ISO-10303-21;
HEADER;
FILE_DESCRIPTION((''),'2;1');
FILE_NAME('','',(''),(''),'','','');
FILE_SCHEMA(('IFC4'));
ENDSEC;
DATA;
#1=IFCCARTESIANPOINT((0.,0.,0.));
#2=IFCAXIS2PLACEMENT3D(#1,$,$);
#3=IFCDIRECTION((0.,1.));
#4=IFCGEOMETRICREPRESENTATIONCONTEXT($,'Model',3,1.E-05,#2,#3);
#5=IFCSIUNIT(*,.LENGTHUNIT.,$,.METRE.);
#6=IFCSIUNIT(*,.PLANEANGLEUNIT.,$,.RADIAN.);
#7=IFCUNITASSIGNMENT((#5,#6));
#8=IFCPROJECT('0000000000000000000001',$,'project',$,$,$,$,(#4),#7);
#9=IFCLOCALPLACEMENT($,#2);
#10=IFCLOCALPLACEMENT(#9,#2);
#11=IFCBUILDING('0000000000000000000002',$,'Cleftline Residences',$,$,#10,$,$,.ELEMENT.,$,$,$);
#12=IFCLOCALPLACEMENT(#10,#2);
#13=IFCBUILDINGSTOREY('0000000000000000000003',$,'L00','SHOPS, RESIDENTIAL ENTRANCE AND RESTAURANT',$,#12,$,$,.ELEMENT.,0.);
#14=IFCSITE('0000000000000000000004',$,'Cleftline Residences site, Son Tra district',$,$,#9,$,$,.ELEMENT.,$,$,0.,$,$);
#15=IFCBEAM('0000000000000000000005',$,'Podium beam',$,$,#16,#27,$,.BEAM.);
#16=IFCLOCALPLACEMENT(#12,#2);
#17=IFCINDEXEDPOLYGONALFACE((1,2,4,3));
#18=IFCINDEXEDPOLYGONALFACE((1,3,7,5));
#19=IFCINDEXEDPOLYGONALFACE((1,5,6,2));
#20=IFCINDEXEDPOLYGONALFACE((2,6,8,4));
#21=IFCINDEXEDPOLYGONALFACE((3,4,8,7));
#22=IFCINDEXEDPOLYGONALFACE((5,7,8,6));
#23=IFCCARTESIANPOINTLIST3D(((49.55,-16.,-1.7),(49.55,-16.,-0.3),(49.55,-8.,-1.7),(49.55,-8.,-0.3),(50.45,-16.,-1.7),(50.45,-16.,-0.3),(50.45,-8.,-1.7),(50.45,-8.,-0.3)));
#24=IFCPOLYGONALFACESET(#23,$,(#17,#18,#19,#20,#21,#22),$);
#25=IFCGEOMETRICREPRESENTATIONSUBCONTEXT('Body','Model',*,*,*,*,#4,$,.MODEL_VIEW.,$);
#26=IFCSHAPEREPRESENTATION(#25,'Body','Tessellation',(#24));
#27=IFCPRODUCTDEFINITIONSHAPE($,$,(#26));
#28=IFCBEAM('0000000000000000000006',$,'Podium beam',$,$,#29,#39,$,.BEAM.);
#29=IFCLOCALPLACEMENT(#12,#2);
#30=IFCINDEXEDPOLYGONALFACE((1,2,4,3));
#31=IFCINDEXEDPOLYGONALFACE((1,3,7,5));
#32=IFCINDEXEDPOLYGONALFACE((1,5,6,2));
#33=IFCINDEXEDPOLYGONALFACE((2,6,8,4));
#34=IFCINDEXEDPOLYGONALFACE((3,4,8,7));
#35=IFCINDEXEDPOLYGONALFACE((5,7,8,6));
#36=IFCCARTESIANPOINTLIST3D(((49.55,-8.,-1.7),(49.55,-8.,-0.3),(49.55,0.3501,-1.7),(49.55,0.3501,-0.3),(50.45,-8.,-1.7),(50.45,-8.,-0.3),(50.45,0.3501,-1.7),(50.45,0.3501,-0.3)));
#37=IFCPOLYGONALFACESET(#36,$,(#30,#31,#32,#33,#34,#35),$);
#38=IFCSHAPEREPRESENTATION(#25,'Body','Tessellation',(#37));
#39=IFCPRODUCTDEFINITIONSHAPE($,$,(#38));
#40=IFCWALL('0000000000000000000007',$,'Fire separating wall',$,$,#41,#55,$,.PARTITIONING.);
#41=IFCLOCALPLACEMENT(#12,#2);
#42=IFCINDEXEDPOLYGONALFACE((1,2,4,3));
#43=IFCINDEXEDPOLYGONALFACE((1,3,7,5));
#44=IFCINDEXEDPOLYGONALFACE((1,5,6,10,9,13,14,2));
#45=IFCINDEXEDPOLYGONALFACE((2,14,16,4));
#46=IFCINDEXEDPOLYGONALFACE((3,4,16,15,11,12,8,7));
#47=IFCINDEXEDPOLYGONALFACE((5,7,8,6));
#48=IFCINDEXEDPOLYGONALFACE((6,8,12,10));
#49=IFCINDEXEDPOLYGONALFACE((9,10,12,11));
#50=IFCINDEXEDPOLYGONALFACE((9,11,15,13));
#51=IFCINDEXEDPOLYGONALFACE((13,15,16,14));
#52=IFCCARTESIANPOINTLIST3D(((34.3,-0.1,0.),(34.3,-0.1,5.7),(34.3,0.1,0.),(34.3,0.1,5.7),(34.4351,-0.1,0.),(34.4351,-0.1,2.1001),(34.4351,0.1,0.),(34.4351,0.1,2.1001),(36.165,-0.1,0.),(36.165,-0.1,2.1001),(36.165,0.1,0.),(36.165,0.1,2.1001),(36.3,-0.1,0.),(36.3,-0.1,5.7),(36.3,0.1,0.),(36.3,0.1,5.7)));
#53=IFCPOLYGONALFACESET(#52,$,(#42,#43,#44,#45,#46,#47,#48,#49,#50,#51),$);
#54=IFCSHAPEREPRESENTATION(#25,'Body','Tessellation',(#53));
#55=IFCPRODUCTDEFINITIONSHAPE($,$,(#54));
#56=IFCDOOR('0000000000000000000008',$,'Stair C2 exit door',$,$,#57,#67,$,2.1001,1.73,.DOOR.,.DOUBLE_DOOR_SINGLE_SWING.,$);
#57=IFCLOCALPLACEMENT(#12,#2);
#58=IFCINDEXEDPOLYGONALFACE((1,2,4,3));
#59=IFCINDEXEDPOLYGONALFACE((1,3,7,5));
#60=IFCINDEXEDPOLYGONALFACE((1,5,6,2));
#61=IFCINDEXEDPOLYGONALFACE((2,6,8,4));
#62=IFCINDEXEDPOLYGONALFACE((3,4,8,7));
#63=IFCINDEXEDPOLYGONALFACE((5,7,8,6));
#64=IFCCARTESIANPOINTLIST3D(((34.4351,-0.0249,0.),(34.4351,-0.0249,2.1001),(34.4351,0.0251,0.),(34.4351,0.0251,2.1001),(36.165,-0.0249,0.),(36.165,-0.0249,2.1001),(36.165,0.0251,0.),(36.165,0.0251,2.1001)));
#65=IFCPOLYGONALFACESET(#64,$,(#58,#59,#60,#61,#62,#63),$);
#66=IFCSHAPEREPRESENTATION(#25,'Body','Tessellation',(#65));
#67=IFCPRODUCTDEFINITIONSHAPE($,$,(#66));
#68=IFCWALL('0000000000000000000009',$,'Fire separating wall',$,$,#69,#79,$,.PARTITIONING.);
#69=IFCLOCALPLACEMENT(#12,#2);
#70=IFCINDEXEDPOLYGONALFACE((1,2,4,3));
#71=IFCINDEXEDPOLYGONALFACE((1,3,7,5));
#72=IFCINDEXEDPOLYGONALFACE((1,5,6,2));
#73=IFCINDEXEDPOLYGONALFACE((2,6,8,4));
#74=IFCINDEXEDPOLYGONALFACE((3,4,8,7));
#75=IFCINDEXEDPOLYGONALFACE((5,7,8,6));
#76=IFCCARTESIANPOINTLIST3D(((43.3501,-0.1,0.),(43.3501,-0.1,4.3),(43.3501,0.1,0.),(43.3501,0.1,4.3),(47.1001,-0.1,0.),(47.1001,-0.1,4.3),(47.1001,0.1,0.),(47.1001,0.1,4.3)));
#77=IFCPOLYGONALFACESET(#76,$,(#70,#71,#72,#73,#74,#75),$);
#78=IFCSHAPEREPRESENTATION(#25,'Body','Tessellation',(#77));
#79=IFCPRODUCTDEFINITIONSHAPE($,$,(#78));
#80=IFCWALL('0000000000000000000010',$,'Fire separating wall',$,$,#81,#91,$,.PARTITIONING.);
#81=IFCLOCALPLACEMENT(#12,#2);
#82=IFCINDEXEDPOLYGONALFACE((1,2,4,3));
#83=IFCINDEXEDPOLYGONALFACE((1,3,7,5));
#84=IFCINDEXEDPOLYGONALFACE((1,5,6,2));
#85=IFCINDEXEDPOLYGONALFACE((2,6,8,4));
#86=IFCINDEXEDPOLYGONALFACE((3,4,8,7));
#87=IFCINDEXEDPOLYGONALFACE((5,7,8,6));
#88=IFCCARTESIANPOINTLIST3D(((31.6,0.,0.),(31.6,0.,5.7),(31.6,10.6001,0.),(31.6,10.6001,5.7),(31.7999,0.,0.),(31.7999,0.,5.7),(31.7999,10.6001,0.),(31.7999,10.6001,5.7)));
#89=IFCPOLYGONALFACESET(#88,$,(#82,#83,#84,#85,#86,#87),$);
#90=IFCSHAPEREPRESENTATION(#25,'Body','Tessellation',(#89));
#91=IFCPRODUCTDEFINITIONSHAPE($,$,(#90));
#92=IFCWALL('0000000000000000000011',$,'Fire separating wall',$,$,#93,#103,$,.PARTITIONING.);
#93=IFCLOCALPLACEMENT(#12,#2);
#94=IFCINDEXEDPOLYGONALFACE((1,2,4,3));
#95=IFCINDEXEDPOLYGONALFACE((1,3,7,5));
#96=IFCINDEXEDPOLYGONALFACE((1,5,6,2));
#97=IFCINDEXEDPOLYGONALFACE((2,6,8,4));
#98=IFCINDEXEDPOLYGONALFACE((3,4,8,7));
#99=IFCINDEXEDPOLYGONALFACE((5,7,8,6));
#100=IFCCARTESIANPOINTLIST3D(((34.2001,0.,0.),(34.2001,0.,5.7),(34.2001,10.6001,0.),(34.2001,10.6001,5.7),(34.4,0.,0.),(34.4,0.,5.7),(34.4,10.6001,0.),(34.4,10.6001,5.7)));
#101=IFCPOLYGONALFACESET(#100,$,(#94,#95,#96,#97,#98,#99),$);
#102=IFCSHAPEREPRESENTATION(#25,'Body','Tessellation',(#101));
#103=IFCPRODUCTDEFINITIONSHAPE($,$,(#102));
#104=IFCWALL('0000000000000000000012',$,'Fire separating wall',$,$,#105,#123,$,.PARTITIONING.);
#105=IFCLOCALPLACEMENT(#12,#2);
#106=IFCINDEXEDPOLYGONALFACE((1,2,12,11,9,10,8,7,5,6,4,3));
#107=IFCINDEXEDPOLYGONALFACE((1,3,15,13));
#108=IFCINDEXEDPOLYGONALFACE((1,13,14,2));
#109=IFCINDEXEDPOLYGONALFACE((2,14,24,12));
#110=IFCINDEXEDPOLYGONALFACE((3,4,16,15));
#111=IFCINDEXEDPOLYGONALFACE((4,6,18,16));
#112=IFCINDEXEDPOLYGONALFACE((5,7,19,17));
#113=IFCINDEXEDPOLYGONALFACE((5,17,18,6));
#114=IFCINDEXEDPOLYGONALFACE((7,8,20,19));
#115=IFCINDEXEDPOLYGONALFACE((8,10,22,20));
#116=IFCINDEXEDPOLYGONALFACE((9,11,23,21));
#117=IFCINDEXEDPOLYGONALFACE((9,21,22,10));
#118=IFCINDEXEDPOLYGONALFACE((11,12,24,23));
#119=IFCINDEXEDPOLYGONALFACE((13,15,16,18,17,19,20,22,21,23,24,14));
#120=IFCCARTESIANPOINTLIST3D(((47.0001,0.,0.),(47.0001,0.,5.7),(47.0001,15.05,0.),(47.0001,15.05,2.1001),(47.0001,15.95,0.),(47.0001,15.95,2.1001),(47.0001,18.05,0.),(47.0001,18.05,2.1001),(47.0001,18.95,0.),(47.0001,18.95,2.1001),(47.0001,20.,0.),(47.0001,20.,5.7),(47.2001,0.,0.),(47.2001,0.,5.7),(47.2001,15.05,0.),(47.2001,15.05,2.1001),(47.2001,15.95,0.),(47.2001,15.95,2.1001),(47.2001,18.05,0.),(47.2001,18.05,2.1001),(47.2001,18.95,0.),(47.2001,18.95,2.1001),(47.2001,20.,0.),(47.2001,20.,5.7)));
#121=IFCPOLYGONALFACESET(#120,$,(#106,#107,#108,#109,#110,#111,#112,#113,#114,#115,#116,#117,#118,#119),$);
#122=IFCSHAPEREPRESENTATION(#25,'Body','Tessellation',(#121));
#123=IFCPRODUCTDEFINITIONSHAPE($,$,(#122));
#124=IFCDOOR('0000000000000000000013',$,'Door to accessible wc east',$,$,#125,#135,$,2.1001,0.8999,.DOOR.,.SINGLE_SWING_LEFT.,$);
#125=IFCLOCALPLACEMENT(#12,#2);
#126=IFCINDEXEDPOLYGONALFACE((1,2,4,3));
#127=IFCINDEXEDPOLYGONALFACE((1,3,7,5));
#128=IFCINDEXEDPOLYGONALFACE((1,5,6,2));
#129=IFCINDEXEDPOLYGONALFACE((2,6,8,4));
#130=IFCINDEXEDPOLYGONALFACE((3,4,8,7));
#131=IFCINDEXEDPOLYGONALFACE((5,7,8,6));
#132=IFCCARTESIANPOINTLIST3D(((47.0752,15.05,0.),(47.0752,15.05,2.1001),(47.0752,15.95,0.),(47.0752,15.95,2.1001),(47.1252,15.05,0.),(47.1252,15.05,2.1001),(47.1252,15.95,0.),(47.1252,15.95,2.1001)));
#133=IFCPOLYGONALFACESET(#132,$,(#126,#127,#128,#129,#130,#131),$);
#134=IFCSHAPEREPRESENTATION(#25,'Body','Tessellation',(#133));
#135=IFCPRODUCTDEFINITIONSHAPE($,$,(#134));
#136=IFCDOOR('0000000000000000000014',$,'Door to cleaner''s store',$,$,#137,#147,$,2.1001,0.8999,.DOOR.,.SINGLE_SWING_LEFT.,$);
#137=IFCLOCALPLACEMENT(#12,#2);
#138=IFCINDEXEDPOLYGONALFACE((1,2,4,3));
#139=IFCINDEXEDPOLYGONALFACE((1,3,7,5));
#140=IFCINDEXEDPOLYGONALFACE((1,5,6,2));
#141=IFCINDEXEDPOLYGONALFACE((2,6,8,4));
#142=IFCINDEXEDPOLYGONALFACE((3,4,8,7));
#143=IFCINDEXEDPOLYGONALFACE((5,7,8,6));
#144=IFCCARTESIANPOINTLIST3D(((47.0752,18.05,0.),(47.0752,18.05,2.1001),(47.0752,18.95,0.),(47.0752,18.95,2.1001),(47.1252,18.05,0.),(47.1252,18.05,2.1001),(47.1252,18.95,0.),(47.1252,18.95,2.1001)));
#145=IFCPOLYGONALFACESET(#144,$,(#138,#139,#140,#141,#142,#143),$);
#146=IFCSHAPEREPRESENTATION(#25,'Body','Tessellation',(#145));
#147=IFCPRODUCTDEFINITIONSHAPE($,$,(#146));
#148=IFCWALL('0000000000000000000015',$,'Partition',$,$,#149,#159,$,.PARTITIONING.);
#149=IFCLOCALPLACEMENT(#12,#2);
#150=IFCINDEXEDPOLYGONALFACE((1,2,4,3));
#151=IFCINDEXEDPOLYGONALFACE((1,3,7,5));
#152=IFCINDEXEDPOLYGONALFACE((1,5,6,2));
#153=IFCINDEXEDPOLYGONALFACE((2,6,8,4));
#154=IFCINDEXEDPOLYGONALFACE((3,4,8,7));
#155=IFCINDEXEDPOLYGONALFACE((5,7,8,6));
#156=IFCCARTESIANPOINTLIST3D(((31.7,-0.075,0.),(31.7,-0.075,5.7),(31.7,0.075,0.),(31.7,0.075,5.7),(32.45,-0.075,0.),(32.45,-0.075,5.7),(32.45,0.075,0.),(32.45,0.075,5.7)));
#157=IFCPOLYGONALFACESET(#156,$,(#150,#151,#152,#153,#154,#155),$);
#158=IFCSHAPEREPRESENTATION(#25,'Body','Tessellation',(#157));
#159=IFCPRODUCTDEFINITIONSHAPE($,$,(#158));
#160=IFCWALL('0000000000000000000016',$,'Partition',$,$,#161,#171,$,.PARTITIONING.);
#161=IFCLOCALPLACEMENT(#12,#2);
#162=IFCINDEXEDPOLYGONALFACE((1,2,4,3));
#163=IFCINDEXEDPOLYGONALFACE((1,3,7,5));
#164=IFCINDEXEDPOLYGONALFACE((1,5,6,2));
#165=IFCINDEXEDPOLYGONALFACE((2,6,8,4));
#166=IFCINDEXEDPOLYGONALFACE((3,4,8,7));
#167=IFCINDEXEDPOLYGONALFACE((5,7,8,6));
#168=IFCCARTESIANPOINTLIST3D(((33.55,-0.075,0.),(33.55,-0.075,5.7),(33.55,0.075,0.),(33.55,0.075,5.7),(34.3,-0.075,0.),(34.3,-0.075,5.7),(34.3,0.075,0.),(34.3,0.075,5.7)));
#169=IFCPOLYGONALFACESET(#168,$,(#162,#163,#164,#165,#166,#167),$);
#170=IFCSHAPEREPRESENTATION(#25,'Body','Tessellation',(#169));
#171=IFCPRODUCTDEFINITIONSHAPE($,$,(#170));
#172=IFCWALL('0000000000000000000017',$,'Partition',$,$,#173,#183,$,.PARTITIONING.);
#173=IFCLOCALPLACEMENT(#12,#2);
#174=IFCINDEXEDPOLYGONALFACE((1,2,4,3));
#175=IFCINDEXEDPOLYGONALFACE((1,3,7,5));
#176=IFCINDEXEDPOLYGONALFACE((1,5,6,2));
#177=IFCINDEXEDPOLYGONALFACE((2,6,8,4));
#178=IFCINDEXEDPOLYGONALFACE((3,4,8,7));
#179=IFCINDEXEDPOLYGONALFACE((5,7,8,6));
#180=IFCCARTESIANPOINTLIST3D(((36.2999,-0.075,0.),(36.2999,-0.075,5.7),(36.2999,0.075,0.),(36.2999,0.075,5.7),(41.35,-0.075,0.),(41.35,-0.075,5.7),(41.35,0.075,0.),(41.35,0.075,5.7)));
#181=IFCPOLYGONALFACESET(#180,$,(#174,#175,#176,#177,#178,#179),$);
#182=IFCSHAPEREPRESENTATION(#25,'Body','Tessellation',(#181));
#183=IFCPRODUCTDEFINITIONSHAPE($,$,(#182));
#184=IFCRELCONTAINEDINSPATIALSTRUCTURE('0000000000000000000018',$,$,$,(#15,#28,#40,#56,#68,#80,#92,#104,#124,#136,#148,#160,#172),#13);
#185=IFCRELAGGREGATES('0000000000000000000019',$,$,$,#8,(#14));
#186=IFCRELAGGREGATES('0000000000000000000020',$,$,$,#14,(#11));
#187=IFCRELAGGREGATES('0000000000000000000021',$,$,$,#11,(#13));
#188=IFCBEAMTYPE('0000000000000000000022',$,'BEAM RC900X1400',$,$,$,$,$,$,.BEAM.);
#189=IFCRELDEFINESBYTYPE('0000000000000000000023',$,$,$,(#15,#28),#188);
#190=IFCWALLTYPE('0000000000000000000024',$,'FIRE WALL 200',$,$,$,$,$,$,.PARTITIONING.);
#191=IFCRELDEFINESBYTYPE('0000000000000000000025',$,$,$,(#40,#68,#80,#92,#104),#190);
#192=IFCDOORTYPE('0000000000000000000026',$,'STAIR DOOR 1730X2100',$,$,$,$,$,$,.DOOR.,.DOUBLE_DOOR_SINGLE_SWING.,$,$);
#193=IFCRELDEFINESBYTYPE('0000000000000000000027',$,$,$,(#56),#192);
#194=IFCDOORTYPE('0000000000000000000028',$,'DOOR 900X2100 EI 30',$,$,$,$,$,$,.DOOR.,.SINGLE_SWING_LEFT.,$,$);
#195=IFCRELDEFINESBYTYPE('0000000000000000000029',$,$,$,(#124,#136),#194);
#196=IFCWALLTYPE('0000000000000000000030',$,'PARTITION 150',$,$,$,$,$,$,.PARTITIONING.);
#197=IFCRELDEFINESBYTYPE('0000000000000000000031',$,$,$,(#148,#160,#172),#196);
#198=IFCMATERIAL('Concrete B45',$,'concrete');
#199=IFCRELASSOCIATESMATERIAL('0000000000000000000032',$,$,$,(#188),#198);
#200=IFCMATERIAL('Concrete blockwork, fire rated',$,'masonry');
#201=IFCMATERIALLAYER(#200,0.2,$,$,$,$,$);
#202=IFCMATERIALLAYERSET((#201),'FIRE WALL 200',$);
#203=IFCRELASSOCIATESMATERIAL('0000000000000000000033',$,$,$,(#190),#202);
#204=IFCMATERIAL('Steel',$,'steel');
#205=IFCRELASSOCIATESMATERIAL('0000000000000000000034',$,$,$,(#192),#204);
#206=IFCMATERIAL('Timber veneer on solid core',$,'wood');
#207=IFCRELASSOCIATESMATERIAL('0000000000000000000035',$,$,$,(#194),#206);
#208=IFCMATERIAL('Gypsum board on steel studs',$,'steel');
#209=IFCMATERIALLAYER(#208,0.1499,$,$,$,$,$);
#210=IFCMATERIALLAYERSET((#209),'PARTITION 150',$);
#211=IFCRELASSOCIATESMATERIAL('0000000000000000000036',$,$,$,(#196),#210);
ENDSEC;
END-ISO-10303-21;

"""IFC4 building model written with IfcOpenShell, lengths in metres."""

from ifc_helpers import new_model, si_unit, direction, frame, frame_2d, origin, origin_2d, place, context, subcontext, project, spatial, rectangle, extrude, material, layer, layer_set, material_profile, profile_set, type_object, element, fill, save


model = new_model("IFC4")

# Units and contexts
model_context = context("Model", 3, precision=1e-05, world=origin(), true_north=direction((0.0, 1.0)))
body_context = subcontext(model_context, "Body", "Model", "MODEL_VIEW")
ifc_project = project(units=[si_unit("LENGTHUNIT", "METRE"), si_unit("PLANEANGLEUNIT", "RADIAN")], contexts=[model_context])

# Site, building, storey
site_placement = place(None, origin())
site = spatial("IfcSite", under=ifc_project, at=site_placement, Name="Cleftline Residences site, Son Tra district", CompositionType="ELEMENT", RefElevation=0.0)
building_placement = place(site_placement, origin())
building = spatial("IfcBuilding", under=site, at=building_placement, Name="Cleftline Residences", CompositionType="ELEMENT")
storey_placement = place(building_placement, origin())
storey = spatial("IfcBuildingStorey", under=building, at=storey_placement, Name="L00", Description="SHOPS, RESIDENTIAL ENTRANCE AND RESTAURANT", CompositionType="ELEMENT", Elevation=0.0)

# Beams
ifc_material_1 = material(Name="Concrete B45", Category="concrete")
ifc_material_profile_1 = material_profile(ifc_material_1, rectangle(XDim=0.8999, YDim=1.3999, at=origin_2d()))
ifc_profile_set_1 = profile_set([ifc_material_profile_1], Name="Concrete B45")
beam_type = type_object("IfcBeamType", Name="BEAM RC900X1400", PredefinedType="BEAM", material=ifc_profile_set_1)
beam_1_placement = place(storey_placement, frame((50.0, -16.0, -1.0), z_axis=(0.0, 1.0, 0.0), x_axis=(-1.0, 0.0, 0.0)))
element("IfcBeam", 1, at=beam_1_placement, inside=storey, type_object=beam_type, Name="Podium beam", PredefinedType="BEAM", context=body_context, shape_type="SweptSolid", body=[
    extrude(rectangle(XDim=0.8999, YDim=1.3999, at=origin_2d()), origin(), (0.0, 0.0, 1.0), 8.0),
])
beam_2_placement = place(storey_placement, frame((50.0, -8.0, -1.0), z_axis=(0.0, 1.0, 0.0), x_axis=(-1.0, 0.0, 0.0)))
element("IfcBeam", 2, at=beam_2_placement, inside=storey, type_object=beam_type, Name="Podium beam", PredefinedType="BEAM", context=body_context, shape_type="SweptSolid", body=[
    extrude(rectangle(XDim=0.8999, YDim=1.3999, at=origin_2d()), origin(), (0.0, 0.0, 1.0), 8.3501),
])

# Wall, opening, door
ifc_material_2 = material(Name="Concrete blockwork, fire rated", Category="masonry")
ifc_layer_1 = layer(ifc_material_2, 0.2)
ifc_layer_set_1 = layer_set([ifc_layer_1], Name="FIRE WALL 200")
wall_type_1 = type_object("IfcWallType", Name="FIRE WALL 200", PredefinedType="PARTITIONING", material=ifc_layer_set_1)
wall_1_placement = place(storey_placement, frame((34.3, 0.0, 0.0), z_axis=(0.0, 0.0, 1.0), x_axis=(1.0, 0.0, 0.0)))
wall_1 = element("IfcWall", 3, at=wall_1_placement, inside=storey, type_object=wall_type_1, Name="Fire separating wall", PredefinedType="PARTITIONING", context=body_context, shape_type="SweptSolid", body=[
    extrude(rectangle(XDim=2.0, YDim=0.2, at=frame_2d((1.0, 0.0))), origin(), (0.0, 0.0, 1.0), 5.7),
])
opening_1_placement = place(wall_1_placement, frame((1.865, 0.0, 0.0), z_axis=(0.0, 0.0, 1.0), x_axis=(-1.0, 0.0, 0.0)))
opening_1 = element("IfcOpeningElement", 4, at=opening_1_placement, cuts=wall_1, PredefinedType="OPENING", context=body_context, shape_type="SweptSolid", body=[
    extrude(rectangle(XDim=1.73, YDim=2.1001, at=frame_2d((0.865, 1.05))), frame((0.0, 0.1099, 0.0), z_axis=(0.0, -1.0, 0.0), x_axis=(1.0, 0.0, 0.0)), (0.0, 0.0, 1.0), 0.22),
])
ifc_material_3 = material(Name="Steel", Category="steel")
door_type_1 = type_object("IfcDoorType", Name="STAIR DOOR 1730X2100", OperationType="DOUBLE_DOOR_SINGLE_SWING", PredefinedType="DOOR", material=ifc_material_3)
door_1_placement = place(opening_1_placement, origin())
door_1 = element("IfcDoor", 5, at=door_1_placement, inside=storey, type_object=door_type_1, Name="Stair C2 exit door", OperationType="DOUBLE_DOOR_SINGLE_SWING", OverallHeight=2.1001, OverallWidth=1.73, PredefinedType="DOOR", context=body_context, shape_type="SweptSolid", body=[
    extrude(rectangle(XDim=1.73, YDim=2.1001, at=frame_2d((0.865, 1.05))), frame((0.0, 0.0249, 0.0), z_axis=(0.0, -1.0, 0.0), x_axis=(1.0, 0.0, 0.0)), (0.0, 0.0, 1.0), 0.05),
])
fill(opening_1, door_1)

# Walls
wall_2_placement = place(storey_placement, frame((43.3501, 0.0, 0.0), z_axis=(0.0, 0.0, 1.0), x_axis=(1.0, 0.0, 0.0)))
element("IfcWall", 6, at=wall_2_placement, inside=storey, type_object=wall_type_1, Name="Fire separating wall", PredefinedType="PARTITIONING", context=body_context, shape_type="SweptSolid", body=[
    extrude(rectangle(XDim=3.75, YDim=0.2, at=frame_2d((1.875, 0.0))), origin(), (0.0, 0.0, 1.0), 4.3),
])
for number, where, z_axis, x_axis, name in (
    (7, (31.7, 0.0, 0.0), (0.0, 0.0, 1.0), (0.0, 1.0, 0.0), "Fire separating wall"),
    (8, (34.3, 0.0, 0.0), (0.0, 0.0, 1.0), (0.0, 1.0, 0.0), "Fire separating wall"),
):
    element("IfcWall", number, at=place(storey_placement, frame(where, z_axis=z_axis, x_axis=x_axis)), inside=storey, type_object=wall_type_1, Name=name, PredefinedType="PARTITIONING", context=body_context, shape_type="SweptSolid", body=[
        extrude(rectangle(XDim=10.6001, YDim=0.2, at=frame_2d((5.3, 0.0))), origin(), (0.0, 0.0, 1.0), 5.7),
    ])

# Wall, openings, doors
wall_3_placement = place(storey_placement, frame((47.1001, 0.0, 0.0), z_axis=(0.0, 0.0, 1.0), x_axis=(0.0, 1.0, 0.0)))
wall_3 = element("IfcWall", 9, at=wall_3_placement, inside=storey, type_object=wall_type_1, Name="Fire separating wall", PredefinedType="PARTITIONING", context=body_context, shape_type="SweptSolid", body=[
    extrude(rectangle(XDim=20.0, YDim=0.2, at=frame_2d((10.0, 0.0))), origin(), (0.0, 0.0, 1.0), 5.7),
])
opening_2_placement = place(wall_3_placement, frame((15.05, 0.0, 0.0)))
opening_2 = element("IfcOpeningElement", 10, at=opening_2_placement, cuts=wall_3, PredefinedType="OPENING", context=body_context, shape_type="SweptSolid", body=[
    extrude(rectangle(XDim=0.8999, YDim=2.1001, at=frame_2d((0.45, 1.05))), frame((0.0, 0.1099, 0.0), z_axis=(0.0, -1.0, 0.0), x_axis=(1.0, 0.0, 0.0)), (0.0, 0.0, 1.0), 0.22),
])
opening_3_placement = place(wall_3_placement, frame((18.05, 0.0, 0.0)))
opening_3 = element("IfcOpeningElement", 11, at=opening_3_placement, cuts=wall_3, PredefinedType="OPENING", context=body_context, shape_type="SweptSolid", body=[
    extrude(rectangle(XDim=0.8999, YDim=2.1001, at=frame_2d((0.45, 1.05))), frame((0.0, 0.1099, 0.0), z_axis=(0.0, -1.0, 0.0), x_axis=(1.0, 0.0, 0.0)), (0.0, 0.0, 1.0), 0.22),
])
ifc_material_4 = material(Name="Timber veneer on solid core", Category="wood")
door_type_2 = type_object("IfcDoorType", Name="DOOR 900X2100 EI 30", OperationType="SINGLE_SWING_LEFT", PredefinedType="DOOR", material=ifc_material_4)
door_2_placement = place(opening_2_placement, origin())
door_2 = element("IfcDoor", 12, at=door_2_placement, inside=storey, type_object=door_type_2, Name="Door to accessible wc east", OperationType="SINGLE_SWING_LEFT", OverallHeight=2.1001, OverallWidth=0.8999, PredefinedType="DOOR", context=body_context, shape_type="SweptSolid", body=[
    extrude(rectangle(XDim=0.8999, YDim=2.1001, at=frame_2d((0.45, 1.05))), frame((0.0, 0.0249, 0.0), z_axis=(0.0, -1.0, 0.0), x_axis=(1.0, 0.0, 0.0)), (0.0, 0.0, 1.0), 0.05),
])
fill(opening_2, door_2)
door_3_placement = place(opening_3_placement, origin())
door_3 = element("IfcDoor", 13, at=door_3_placement, inside=storey, type_object=door_type_2, Name="Door to cleaner's store", OperationType="SINGLE_SWING_LEFT", OverallHeight=2.1001, OverallWidth=0.8999, PredefinedType="DOOR", context=body_context, shape_type="SweptSolid", body=[
    extrude(rectangle(XDim=0.8999, YDim=2.1001, at=frame_2d((0.45, 1.05))), frame((0.0, 0.0249, 0.0), z_axis=(0.0, -1.0, 0.0), x_axis=(1.0, 0.0, 0.0)), (0.0, 0.0, 1.0), 0.05),
])
fill(opening_3, door_3)

# Walls
ifc_material_5 = material(Name="Gypsum board on steel studs", Category="steel")
ifc_layer_2 = layer(ifc_material_5, 0.1499)
ifc_layer_set_2 = layer_set([ifc_layer_2], Name="PARTITION 150")
wall_type_2 = type_object("IfcWallType", Name="PARTITION 150", PredefinedType="PARTITIONING", material=ifc_layer_set_2)
for number, where, z_axis, x_axis, name in (
    (14, (31.7, 0.0, 0.0), (0.0, 0.0, 1.0), (1.0, 0.0, 0.0), "Partition"),
    (15, (33.55, 0.0, 0.0), (0.0, 0.0, 1.0), (1.0, 0.0, 0.0), "Partition"),
):
    element("IfcWall", number, at=place(storey_placement, frame(where, z_axis=z_axis, x_axis=x_axis)), inside=storey, type_object=wall_type_2, Name=name, PredefinedType="PARTITIONING", context=body_context, shape_type="SweptSolid", body=[
        extrude(rectangle(XDim=0.75, YDim=0.1499, at=frame_2d((0.375, 0.0))), origin(), (0.0, 0.0, 1.0), 5.7),
    ])
wall_4_placement = place(storey_placement, frame((36.3, 0.0, 0.0), z_axis=(0.0, 0.0, 1.0), x_axis=(1.0, 0.0, 0.0)))
element("IfcWall", 16, at=wall_4_placement, inside=storey, type_object=wall_type_2, Name="Partition", PredefinedType="PARTITIONING", context=body_context, shape_type="SweptSolid", body=[
    extrude(rectangle(XDim=5.05, YDim=0.1499, at=frame_2d((2.5249, 0.0))), origin(), (0.0, 0.0, 1.0), 5.7),
])

save(model, "model.ifc")
